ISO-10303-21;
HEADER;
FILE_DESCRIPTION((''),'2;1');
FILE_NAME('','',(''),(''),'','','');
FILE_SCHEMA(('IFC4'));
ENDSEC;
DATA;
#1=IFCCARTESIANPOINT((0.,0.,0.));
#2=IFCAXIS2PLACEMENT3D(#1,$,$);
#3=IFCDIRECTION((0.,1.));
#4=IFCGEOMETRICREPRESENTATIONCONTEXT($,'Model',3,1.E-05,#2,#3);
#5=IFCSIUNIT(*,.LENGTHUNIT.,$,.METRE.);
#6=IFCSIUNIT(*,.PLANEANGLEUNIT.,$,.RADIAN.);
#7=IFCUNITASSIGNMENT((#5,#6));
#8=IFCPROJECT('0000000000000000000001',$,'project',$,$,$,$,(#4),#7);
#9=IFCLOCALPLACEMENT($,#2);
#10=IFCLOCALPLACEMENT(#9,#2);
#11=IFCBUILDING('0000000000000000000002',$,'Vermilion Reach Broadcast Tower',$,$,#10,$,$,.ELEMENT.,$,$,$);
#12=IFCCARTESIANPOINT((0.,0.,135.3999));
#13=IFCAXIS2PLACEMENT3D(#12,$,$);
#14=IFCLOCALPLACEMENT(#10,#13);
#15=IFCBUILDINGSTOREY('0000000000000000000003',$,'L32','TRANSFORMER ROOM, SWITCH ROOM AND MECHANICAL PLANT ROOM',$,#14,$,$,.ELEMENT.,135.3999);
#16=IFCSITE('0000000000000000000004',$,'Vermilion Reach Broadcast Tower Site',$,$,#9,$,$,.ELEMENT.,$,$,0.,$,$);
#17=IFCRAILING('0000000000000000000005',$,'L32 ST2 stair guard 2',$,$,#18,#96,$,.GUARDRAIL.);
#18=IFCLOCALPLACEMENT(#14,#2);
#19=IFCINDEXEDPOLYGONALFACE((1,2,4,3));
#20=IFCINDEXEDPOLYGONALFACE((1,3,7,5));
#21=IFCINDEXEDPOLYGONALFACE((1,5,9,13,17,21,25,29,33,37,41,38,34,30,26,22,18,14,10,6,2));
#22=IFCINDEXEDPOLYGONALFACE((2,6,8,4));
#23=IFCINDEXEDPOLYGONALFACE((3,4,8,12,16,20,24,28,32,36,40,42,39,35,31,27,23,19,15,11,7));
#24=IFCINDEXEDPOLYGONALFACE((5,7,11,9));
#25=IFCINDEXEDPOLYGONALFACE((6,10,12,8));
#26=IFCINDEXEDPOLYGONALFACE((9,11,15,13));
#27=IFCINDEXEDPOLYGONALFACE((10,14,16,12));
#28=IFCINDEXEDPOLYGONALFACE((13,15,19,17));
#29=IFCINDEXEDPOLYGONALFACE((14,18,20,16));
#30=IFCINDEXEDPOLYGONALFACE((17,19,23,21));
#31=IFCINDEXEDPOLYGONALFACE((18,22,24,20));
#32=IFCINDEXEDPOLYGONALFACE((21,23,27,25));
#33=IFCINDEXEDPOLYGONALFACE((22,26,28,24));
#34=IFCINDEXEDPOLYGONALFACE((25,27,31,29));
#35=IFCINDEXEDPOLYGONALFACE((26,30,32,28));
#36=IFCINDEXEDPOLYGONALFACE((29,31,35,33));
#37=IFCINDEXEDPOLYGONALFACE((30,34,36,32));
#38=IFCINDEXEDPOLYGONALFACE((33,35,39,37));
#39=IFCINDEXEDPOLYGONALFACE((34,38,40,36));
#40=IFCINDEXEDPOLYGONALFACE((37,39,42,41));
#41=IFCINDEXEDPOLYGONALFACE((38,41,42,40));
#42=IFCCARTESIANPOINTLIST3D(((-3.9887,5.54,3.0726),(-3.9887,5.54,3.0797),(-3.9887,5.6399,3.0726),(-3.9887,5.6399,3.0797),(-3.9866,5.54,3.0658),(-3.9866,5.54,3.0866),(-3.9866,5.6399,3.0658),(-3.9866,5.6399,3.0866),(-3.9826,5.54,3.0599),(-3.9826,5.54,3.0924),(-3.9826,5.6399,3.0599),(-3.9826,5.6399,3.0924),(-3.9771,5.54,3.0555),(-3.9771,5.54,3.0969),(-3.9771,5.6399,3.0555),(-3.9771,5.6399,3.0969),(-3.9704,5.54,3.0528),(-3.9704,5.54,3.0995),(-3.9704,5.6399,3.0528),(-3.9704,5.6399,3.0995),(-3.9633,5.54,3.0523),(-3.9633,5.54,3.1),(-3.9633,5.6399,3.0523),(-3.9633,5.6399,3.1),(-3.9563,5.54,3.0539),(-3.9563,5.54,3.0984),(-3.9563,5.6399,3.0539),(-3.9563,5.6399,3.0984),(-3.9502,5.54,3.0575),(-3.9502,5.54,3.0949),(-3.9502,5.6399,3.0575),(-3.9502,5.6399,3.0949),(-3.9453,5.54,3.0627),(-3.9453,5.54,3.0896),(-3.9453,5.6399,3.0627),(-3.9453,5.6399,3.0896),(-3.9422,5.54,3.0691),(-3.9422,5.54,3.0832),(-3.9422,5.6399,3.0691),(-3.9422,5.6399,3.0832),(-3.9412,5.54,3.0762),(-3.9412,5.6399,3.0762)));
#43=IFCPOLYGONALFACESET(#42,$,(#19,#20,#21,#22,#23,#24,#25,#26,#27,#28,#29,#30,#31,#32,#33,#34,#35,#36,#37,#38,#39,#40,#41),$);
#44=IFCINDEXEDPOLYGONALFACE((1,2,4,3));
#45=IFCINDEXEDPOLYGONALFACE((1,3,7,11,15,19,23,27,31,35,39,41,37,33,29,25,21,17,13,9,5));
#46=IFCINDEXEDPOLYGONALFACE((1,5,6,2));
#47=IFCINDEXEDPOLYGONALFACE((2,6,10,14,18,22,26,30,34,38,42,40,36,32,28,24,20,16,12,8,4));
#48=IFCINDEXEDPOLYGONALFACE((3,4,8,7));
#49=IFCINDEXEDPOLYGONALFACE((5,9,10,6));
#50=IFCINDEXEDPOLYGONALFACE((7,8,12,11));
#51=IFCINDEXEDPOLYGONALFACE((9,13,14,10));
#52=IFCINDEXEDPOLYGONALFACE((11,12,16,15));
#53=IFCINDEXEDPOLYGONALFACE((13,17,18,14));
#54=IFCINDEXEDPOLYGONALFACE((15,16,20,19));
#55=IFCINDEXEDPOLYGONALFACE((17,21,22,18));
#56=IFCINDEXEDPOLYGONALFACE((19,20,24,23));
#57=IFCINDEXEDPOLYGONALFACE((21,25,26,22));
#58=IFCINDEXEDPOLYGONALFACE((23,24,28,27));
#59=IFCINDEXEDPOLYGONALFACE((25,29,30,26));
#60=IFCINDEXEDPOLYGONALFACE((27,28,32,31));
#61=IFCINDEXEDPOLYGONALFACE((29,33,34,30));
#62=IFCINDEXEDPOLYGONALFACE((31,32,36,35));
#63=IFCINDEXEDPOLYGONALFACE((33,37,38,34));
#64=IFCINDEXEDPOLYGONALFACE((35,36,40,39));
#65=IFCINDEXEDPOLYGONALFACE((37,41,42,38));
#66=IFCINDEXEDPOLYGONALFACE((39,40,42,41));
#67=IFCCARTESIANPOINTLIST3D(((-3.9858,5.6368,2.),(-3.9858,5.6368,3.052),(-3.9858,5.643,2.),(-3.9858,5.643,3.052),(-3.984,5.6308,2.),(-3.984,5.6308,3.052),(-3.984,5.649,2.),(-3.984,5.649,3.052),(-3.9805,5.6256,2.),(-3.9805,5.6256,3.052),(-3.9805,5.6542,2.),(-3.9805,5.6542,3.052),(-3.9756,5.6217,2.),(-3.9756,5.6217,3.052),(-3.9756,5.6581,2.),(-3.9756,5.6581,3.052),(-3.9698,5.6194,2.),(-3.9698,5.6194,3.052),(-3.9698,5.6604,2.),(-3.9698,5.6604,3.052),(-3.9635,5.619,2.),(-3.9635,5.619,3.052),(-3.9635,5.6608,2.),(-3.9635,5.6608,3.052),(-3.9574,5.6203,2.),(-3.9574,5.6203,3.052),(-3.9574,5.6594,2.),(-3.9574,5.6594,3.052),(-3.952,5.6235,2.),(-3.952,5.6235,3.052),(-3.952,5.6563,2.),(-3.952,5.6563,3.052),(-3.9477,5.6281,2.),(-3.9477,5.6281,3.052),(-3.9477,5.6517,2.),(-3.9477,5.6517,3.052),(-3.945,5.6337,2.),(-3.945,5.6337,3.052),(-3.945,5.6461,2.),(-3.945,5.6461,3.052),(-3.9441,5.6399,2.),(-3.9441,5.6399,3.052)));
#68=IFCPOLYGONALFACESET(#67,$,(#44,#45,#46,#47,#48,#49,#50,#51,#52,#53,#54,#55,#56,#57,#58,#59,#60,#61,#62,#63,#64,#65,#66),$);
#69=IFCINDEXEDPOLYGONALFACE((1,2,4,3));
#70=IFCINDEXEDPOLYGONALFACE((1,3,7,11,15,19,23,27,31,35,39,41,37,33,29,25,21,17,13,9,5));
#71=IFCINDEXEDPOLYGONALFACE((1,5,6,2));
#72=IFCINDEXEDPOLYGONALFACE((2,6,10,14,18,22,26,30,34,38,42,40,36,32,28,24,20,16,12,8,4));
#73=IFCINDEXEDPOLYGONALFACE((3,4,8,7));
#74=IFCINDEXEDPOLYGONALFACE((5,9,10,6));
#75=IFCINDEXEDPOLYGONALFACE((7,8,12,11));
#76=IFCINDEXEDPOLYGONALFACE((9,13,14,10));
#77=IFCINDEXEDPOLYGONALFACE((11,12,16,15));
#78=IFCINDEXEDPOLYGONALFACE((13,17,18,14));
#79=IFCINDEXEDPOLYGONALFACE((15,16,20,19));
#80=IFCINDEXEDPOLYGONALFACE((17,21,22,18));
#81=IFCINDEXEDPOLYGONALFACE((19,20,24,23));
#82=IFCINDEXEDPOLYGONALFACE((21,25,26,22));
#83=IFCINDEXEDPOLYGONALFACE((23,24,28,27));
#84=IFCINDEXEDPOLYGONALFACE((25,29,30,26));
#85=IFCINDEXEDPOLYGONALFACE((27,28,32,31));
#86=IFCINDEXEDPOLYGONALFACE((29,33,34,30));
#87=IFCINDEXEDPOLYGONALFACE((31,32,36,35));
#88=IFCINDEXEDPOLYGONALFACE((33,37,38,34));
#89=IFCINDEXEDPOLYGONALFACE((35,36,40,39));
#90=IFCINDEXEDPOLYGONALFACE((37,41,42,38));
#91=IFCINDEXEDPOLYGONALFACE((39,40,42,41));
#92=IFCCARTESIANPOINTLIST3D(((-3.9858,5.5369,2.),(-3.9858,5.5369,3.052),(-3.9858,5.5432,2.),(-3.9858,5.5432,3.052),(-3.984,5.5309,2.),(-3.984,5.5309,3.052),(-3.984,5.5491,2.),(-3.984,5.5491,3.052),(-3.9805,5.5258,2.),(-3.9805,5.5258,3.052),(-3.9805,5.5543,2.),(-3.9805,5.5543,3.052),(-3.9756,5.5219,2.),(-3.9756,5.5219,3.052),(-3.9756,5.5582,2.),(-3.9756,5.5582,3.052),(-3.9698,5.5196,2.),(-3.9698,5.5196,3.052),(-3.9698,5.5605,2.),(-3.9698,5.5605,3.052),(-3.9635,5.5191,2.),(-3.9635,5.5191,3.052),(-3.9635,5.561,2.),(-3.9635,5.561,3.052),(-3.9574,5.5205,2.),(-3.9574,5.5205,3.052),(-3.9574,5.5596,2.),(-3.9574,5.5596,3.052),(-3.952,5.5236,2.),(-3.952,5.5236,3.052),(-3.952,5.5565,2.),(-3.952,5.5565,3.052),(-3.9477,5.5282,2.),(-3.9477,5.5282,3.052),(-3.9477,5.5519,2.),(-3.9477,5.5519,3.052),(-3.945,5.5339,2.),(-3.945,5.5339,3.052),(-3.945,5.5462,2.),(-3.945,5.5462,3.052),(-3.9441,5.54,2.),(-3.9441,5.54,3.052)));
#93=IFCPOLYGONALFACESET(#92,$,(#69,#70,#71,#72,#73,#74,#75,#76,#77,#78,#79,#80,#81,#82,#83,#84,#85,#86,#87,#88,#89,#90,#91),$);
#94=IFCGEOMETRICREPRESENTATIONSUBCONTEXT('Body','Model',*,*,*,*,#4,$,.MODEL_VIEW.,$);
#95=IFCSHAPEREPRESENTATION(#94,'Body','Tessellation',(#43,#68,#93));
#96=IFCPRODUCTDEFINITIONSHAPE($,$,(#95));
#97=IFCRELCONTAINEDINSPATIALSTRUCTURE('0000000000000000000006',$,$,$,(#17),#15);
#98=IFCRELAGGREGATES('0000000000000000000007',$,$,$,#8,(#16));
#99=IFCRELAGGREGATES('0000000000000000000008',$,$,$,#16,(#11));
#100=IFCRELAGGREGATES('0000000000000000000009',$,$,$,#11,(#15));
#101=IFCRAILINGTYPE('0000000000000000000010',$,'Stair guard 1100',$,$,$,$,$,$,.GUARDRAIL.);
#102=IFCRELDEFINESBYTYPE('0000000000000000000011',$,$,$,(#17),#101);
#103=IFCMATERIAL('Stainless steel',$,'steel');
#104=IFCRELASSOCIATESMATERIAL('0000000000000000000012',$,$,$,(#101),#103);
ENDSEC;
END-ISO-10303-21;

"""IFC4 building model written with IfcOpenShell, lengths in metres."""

from ifc_helpers import new_model, si_unit, direction, frame, origin, origin_2d, place, context, subcontext, project, spatial, circle, extrude, material, type_object, element, save


model = new_model("IFC4")

# Units and contexts
model_context = context("Model", 3, precision=1e-05, world=origin(), true_north=direction((0.0, 1.0)))
body_context = subcontext(model_context, "Body", "Model", "MODEL_VIEW")
ifc_project = project(units=[si_unit("LENGTHUNIT", "METRE"), si_unit("PLANEANGLEUNIT", "RADIAN")], contexts=[model_context])

# Site, building, storey
site_placement = place(None, origin())
site = spatial("IfcSite", under=ifc_project, at=site_placement, Name="Vermilion Reach Broadcast Tower Site", CompositionType="ELEMENT", RefElevation=0.0)
building_placement = place(site_placement, origin())
building = spatial("IfcBuilding", under=site, at=building_placement, Name="Vermilion Reach Broadcast Tower", CompositionType="ELEMENT")
storey_placement = place(building_placement, frame((0.0, 0.0, 135.3999)))
storey = spatial("IfcBuildingStorey", under=building, at=storey_placement, Name="L32", Description="TRANSFORMER ROOM, SWITCH ROOM AND MECHANICAL PLANT ROOM", CompositionType="ELEMENT", Elevation=135.3999)

# Railing
ifc_material_1 = material(Name="Stainless steel", Category="steel")
railing_type_1 = type_object("IfcRailingType", Name="Stair guard 1100", PredefinedType="GUARDRAIL", material=ifc_material_1)
railing_1_placement = place(storey_placement, frame((-3.9651, 5.6399, 2.0)))
element("IfcRailing", 1, at=railing_1_placement, inside=storey, type_object=railing_type_1, Name="L32 ST2 stair guard 2", PredefinedType="GUARDRAIL", context=body_context, shape_type="SweptSolid", body=[
    extrude(circle(Radius=0.0239, at=origin_2d()), frame((0.0, 0.0, 1.0762), z_axis=(0.0, -1.0, 0.0), x_axis=(1.0, 0.0, 0.0)), (0.0, 0.0, 1.0), 0.0999),
    extrude(circle(Radius=0.021, at=origin_2d()), origin(), (0.0, 0.0, 1.0), 1.052),
    extrude(circle(Radius=0.021, at=origin_2d()), frame((0.0, -0.0999, 0.0)), (0.0, 0.0, 1.0), 1.052),
])

save(model, "model.ifc")
